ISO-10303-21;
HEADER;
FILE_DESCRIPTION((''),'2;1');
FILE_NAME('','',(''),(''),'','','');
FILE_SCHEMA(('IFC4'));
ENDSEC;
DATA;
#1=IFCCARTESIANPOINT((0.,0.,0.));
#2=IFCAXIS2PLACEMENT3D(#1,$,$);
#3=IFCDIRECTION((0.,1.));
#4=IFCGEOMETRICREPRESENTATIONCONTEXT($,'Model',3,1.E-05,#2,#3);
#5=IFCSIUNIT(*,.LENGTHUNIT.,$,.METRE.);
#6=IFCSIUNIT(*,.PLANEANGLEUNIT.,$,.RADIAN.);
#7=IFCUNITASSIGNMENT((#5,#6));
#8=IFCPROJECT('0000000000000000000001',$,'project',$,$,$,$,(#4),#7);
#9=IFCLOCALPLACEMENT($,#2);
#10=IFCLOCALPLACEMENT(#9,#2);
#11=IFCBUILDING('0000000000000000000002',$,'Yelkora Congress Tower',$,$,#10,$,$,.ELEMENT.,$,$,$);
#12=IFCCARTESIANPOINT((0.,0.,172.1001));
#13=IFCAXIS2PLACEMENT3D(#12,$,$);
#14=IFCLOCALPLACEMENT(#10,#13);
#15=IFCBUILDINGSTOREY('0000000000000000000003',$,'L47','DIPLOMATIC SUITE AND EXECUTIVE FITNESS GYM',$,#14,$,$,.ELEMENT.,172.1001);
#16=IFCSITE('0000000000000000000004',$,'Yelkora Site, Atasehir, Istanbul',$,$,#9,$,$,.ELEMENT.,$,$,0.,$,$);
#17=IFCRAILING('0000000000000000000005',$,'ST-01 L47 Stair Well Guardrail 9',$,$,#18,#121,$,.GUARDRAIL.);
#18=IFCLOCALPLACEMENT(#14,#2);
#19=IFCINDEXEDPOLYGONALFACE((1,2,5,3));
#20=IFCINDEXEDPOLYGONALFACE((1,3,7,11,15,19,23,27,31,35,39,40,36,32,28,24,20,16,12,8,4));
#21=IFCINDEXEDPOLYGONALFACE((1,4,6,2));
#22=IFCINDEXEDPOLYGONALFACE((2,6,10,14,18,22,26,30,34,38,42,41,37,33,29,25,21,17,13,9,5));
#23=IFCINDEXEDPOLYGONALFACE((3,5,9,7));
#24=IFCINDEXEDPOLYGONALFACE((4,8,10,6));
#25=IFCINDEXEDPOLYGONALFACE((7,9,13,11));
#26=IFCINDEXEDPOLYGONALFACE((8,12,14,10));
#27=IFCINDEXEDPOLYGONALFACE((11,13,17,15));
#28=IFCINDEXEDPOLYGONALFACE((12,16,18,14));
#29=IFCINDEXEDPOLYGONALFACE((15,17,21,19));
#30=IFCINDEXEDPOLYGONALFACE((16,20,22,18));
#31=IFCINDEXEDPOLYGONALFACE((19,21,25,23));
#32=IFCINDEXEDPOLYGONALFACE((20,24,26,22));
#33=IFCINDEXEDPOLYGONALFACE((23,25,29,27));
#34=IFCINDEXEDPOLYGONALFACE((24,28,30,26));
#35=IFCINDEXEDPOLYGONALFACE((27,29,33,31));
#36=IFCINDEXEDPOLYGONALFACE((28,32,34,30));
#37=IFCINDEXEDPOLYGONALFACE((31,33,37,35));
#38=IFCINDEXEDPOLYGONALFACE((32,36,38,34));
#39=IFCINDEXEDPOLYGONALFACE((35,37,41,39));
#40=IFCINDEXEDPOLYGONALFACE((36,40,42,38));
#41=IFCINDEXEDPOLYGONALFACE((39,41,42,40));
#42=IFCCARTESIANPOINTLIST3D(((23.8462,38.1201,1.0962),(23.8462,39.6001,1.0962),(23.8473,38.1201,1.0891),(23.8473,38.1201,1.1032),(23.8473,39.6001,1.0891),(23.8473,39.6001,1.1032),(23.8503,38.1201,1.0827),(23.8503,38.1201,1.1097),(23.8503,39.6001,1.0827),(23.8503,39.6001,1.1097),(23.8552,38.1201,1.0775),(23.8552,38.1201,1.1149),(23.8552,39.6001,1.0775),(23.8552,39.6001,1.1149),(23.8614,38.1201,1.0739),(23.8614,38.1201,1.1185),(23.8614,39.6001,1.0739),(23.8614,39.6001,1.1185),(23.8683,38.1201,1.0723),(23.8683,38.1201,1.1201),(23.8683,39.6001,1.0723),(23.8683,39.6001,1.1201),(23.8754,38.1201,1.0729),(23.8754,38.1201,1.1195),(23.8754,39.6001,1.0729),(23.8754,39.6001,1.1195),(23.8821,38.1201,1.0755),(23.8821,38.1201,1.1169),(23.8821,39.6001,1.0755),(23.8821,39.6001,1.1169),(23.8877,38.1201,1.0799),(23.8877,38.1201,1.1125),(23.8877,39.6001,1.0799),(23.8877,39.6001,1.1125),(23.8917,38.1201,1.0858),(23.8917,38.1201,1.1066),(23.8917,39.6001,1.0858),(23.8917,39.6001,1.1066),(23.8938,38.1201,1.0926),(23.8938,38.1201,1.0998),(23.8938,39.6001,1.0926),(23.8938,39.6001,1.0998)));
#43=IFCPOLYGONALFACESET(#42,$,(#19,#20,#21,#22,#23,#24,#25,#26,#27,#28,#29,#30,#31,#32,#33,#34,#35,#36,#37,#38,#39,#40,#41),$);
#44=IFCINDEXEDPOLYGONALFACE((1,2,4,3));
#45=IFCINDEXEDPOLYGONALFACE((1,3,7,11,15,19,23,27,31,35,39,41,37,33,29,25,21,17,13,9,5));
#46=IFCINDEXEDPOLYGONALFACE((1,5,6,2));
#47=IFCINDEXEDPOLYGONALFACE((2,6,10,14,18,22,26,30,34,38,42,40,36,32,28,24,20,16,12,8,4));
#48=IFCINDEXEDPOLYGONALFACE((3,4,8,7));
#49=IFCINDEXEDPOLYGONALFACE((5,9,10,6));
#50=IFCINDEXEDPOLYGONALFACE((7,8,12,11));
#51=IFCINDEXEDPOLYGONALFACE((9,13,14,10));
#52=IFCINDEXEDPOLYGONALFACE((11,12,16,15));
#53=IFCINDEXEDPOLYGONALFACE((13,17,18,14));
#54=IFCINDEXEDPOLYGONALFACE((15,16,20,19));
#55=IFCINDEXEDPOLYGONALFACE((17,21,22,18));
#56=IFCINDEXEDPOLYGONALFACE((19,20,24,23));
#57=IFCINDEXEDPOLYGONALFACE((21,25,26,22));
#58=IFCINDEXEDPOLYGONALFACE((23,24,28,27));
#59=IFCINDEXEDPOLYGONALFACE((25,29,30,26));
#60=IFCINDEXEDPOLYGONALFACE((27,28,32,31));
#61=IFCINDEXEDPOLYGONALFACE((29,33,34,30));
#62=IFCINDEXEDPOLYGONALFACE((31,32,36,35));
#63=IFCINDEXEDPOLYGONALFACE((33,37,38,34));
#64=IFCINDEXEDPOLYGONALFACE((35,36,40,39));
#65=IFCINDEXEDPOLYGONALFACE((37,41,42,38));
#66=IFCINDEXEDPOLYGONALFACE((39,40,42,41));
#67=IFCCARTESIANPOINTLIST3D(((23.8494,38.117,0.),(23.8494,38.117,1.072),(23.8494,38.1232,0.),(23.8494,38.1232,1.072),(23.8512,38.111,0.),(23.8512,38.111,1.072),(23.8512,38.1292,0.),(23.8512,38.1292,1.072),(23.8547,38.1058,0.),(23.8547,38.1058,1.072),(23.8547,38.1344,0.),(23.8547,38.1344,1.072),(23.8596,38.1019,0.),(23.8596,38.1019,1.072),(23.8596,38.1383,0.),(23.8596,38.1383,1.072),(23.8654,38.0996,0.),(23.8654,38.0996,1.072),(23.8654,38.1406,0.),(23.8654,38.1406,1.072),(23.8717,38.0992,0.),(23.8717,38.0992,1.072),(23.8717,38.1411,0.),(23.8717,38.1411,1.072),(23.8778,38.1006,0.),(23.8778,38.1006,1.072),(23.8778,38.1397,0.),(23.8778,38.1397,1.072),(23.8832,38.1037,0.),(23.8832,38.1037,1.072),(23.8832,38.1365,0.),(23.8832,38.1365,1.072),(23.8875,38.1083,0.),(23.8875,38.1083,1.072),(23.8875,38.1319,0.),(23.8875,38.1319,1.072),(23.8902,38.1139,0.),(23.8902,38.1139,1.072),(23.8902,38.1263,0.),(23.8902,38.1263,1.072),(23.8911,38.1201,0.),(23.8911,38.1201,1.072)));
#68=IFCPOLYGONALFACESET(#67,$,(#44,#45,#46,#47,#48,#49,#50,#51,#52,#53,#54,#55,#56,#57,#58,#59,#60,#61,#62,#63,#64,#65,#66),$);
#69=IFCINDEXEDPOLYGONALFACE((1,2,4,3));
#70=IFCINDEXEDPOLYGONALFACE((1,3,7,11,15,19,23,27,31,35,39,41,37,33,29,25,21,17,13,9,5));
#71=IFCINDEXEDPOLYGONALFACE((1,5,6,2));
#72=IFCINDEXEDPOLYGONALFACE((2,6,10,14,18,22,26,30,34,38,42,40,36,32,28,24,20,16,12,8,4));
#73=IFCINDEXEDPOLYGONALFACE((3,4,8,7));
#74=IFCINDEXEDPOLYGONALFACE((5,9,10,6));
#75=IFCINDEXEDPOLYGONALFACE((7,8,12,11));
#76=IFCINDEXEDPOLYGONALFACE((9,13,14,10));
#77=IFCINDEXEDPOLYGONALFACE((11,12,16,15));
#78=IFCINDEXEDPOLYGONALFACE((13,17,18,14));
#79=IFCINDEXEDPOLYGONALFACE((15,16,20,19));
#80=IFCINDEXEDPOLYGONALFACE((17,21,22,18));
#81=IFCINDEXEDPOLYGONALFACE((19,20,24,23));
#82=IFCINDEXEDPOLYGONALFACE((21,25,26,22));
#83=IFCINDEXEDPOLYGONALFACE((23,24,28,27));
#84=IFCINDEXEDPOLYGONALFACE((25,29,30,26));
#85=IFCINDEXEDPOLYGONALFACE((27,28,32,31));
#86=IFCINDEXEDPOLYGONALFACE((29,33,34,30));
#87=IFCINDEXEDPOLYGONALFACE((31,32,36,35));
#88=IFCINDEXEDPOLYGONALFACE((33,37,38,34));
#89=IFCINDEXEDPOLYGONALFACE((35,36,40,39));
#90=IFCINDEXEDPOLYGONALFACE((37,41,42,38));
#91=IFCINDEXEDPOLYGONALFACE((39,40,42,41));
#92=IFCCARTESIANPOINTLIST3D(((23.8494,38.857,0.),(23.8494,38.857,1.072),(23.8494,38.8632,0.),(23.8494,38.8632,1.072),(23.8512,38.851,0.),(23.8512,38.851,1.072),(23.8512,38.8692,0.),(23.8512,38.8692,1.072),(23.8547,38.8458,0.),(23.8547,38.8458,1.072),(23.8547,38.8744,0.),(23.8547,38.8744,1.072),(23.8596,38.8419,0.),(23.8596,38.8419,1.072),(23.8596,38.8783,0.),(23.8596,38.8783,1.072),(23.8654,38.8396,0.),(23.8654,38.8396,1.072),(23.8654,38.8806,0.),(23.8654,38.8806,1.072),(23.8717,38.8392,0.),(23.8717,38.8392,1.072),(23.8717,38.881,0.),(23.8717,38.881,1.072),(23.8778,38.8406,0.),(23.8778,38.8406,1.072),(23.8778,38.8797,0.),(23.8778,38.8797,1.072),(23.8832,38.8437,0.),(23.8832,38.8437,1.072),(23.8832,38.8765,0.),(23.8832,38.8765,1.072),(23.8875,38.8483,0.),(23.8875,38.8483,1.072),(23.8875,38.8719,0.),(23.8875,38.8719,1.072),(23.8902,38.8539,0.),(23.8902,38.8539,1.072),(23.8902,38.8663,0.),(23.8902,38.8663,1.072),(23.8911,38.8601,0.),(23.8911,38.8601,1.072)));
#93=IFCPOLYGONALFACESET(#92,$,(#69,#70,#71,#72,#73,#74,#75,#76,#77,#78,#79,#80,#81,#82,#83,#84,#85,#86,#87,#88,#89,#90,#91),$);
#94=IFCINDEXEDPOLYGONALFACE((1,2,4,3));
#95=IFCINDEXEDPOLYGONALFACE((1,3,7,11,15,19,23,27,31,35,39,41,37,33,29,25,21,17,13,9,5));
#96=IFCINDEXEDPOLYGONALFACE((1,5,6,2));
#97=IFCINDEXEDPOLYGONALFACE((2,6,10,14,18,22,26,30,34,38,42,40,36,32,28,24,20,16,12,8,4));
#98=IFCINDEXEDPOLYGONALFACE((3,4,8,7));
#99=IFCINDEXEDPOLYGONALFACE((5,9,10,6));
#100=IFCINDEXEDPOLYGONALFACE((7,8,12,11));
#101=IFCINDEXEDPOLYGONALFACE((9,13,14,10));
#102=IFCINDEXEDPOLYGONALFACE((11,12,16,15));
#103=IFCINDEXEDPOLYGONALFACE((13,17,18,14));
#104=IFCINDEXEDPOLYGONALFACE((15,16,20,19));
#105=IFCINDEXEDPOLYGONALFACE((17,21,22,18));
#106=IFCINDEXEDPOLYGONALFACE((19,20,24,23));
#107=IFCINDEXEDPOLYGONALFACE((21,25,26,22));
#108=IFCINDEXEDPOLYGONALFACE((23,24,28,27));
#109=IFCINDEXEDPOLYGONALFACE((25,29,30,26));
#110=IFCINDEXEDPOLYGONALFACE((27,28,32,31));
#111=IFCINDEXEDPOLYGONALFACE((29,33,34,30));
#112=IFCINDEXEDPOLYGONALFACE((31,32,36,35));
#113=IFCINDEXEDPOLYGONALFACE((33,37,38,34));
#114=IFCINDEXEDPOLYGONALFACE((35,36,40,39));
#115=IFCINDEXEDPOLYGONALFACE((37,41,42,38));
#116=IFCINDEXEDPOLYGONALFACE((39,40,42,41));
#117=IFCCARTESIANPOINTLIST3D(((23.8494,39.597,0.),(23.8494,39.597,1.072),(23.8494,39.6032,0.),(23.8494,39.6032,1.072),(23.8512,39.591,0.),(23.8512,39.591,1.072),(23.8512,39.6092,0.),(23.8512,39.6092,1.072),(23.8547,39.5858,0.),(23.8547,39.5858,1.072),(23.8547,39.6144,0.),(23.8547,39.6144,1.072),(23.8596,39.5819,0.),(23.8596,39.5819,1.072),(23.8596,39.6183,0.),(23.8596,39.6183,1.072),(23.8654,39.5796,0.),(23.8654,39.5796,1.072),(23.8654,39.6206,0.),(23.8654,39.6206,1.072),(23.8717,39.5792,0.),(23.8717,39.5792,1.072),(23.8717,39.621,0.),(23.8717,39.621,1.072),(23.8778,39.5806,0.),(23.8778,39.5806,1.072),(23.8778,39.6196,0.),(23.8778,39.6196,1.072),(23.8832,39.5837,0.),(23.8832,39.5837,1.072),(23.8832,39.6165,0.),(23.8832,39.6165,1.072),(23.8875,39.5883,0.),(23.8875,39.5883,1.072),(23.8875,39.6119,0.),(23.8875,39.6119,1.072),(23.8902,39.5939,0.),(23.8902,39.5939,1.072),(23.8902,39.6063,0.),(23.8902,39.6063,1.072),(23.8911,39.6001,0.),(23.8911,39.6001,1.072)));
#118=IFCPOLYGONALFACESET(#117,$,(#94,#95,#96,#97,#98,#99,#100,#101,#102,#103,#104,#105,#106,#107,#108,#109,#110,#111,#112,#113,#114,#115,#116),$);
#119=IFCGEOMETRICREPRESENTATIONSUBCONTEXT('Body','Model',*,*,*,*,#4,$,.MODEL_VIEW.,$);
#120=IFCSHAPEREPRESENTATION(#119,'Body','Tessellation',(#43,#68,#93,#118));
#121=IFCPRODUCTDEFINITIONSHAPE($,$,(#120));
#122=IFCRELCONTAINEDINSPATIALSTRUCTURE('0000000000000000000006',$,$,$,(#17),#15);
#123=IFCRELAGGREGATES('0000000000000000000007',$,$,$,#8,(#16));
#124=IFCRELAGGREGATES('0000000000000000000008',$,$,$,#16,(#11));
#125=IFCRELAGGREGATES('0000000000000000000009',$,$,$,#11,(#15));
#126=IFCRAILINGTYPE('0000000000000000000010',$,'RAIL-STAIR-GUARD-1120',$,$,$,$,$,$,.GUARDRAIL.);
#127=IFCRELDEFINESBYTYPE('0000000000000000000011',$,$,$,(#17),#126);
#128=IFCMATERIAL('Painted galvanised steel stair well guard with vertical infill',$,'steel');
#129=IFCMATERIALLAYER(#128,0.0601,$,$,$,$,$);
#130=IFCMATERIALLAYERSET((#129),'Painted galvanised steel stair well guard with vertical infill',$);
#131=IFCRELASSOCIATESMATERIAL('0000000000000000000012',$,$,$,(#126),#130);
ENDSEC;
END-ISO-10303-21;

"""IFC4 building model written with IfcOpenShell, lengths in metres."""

from ifc_helpers import new_model, si_unit, direction, frame, origin, origin_2d, place, context, subcontext, project, spatial, circle, extrude, material, layer, layer_set, type_object, element, save


model = new_model("IFC4")

# Units and contexts
model_context = context("Model", 3, precision=1e-05, world=origin(), true_north=direction((0.0, 1.0)))
body_context = subcontext(model_context, "Body", "Model", "MODEL_VIEW")
ifc_project = project(units=[si_unit("LENGTHUNIT", "METRE"), si_unit("PLANEANGLEUNIT", "RADIAN")], contexts=[model_context])

# Site, building, storey
site_placement = place(None, origin())
site = spatial("IfcSite", under=ifc_project, at=site_placement, Name="Yelkora Site, Atasehir, Istanbul", CompositionType="ELEMENT", RefElevation=0.0)
building_placement = place(site_placement, origin())
building = spatial("IfcBuilding", under=site, at=building_placement, Name="Yelkora Congress Tower", CompositionType="ELEMENT")
storey_placement = place(building_placement, frame((0.0, 0.0, 172.1001)))
storey = spatial("IfcBuildingStorey", under=building, at=storey_placement, Name="L47", Description="DIPLOMATIC SUITE AND EXECUTIVE FITNESS GYM", CompositionType="ELEMENT", Elevation=172.1001)

# Railing
ifc_material_1 = material(Name="Painted galvanised steel stair well guard with vertical infill", Category="steel")
ifc_layer_1 = layer(ifc_material_1, 0.0601)
ifc_layer_set_1 = layer_set([ifc_layer_1], Name="Painted galvanised steel stair well guard with vertical infill")
railing_type_1 = type_object("IfcRailingType", Name="RAIL-STAIR-GUARD-1120", PredefinedType="GUARDRAIL", material=ifc_layer_set_1)
for number, where, name in (
    (1, (23.8701, 38.1201, 0.0), "ST-01 L47 Stair Well Guardrail 9"),
):
    element("IfcRailing", number, at=place(storey_placement, frame(where)), inside=storey, type_object=railing_type_1, Name=name, PredefinedType="GUARDRAIL", context=body_context, shape_type="SweptSolid", body=[
        extrude(circle(Radius=0.0239, at=origin_2d()), frame((0.0, 0.0, 1.0962), z_axis=(0.0, 1.0, 0.0), x_axis=(-1.0, 0.0, 0.0)), (0.0, 0.0, 1.0), 1.48),
        extrude(circle(Radius=0.021, at=origin_2d()), origin(), (0.0, 0.0, 1.0), 1.072),
        extrude(circle(Radius=0.021, at=origin_2d()), frame((0.0, 0.74, 0.0)), (0.0, 0.0, 1.0), 1.072),
        extrude(circle(Radius=0.021, at=origin_2d()), frame((0.0, 1.48, 0.0)), (0.0, 0.0, 1.0), 1.072),
    ])

save(model, "model.ifc")
